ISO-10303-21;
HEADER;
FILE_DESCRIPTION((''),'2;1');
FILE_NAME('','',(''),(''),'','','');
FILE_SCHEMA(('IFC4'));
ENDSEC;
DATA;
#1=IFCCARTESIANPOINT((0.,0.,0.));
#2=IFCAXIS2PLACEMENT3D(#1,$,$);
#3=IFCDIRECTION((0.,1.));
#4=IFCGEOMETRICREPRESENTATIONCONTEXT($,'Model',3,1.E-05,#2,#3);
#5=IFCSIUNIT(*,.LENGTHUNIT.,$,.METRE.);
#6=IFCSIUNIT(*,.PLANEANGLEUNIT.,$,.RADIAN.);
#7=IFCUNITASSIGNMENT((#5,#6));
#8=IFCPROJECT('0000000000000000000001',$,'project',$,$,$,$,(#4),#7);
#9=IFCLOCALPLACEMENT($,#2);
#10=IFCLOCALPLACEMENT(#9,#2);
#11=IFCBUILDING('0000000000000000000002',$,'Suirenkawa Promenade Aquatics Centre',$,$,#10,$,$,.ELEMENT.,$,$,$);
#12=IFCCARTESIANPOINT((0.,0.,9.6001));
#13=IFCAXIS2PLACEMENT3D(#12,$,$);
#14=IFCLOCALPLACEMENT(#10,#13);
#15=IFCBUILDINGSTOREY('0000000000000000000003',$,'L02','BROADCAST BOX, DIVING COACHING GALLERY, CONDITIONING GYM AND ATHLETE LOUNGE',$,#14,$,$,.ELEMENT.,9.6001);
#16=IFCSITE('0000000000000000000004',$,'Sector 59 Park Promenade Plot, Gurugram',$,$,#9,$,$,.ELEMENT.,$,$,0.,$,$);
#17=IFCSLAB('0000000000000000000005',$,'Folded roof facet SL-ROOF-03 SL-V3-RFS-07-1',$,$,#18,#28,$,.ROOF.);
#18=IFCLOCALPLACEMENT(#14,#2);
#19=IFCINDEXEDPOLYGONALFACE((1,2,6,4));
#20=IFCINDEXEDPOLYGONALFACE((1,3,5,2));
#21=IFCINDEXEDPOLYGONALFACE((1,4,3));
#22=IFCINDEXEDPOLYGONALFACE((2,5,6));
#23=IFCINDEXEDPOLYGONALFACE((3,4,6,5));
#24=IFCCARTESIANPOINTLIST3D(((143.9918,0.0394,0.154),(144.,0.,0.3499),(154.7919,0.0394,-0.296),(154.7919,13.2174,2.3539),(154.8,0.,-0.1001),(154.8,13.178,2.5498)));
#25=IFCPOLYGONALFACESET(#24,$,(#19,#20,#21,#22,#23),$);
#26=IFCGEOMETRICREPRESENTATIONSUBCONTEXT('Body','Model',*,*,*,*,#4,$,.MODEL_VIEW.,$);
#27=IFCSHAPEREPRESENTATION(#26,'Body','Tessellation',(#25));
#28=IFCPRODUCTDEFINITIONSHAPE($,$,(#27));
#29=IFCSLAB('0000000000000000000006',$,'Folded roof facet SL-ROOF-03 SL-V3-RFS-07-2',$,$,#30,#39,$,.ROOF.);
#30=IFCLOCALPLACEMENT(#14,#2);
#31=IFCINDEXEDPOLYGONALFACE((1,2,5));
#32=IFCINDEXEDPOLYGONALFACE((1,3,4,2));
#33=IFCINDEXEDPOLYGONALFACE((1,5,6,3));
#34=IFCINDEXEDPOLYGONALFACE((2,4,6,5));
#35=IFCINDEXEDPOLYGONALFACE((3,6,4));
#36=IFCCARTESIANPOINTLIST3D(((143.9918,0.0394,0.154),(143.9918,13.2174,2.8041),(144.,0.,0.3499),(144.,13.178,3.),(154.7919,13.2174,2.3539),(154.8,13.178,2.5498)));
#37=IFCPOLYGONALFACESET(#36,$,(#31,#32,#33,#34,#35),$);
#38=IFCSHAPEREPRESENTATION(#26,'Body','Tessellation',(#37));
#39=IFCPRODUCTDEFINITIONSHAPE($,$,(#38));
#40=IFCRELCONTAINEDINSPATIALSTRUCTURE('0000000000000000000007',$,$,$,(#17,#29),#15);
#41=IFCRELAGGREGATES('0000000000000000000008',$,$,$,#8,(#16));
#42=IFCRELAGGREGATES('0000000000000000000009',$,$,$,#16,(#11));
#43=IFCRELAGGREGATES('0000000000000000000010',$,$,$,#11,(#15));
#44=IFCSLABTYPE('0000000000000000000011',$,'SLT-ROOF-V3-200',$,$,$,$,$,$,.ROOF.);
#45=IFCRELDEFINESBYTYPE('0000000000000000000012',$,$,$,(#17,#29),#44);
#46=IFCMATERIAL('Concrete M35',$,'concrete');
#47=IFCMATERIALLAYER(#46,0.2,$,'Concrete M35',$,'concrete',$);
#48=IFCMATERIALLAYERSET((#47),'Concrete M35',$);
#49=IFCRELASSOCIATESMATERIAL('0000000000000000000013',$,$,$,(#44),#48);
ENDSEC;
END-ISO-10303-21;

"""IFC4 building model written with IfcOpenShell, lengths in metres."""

from ifc_helpers import new_model, si_unit, direction, frame, origin, place, context, subcontext, project, spatial, polyline, outline, extrude, material, layer, layer_set, type_object, element, save


model = new_model("IFC4")

# Units and contexts
model_context = context("Model", 3, precision=1e-05, world=origin(), true_north=direction((0.0, 1.0)))
body_context = subcontext(model_context, "Body", "Model", "MODEL_VIEW")
ifc_project = project(units=[si_unit("LENGTHUNIT", "METRE"), si_unit("PLANEANGLEUNIT", "RADIAN")], contexts=[model_context])

# Site, building, storey
site_placement = place(None, origin())
site = spatial("IfcSite", under=ifc_project, at=site_placement, Name="Sector 59 Park Promenade Plot, Gurugram", CompositionType="ELEMENT", RefElevation=0.0)
building_placement = place(site_placement, origin())
building = spatial("IfcBuilding", under=site, at=building_placement, Name="Suirenkawa Promenade Aquatics Centre", CompositionType="ELEMENT")
storey_placement = place(building_placement, frame((0.0, 0.0, 9.6001)))
storey = spatial("IfcBuildingStorey", under=building, at=storey_placement, Name="L02", Description="BROADCAST BOX, DIVING COACHING GALLERY, CONDITIONING GYM AND ATHLETE LOUNGE", CompositionType="ELEMENT", Elevation=9.6001)

# Slabs
ifc_material_1 = material(Name="Concrete M35", Category="concrete")
ifc_layer_1 = layer(ifc_material_1, 0.2, Name="Concrete M35", Category="concrete")
ifc_layer_set_1 = layer_set([ifc_layer_1], Name="Concrete M35")
slab_type = type_object("IfcSlabType", Name="SLT-ROOF-V3-200", PredefinedType="ROOF", material=ifc_layer_set_1)
slab_1_placement = place(storey_placement, frame((144.0, 0.0, 0.3499), z_axis=(0.04081, -0.196975, 0.979559), x_axis=(0.999133, 0.0, -0.041626)))
element("IfcSlab", 1, at=slab_1_placement, inside=storey, type_object=slab_type, Name="Folded roof facet SL-ROOF-03 SL-V3-RFS-07-1", PredefinedType="ROOF", context=body_context, shape_type="SweptSolid", body=[
    extrude(outline(polyline([(0.0, 0.0), (10.8094, 0.0), (10.6991, 13.4413), (0.0, 0.0)])), origin(), (0.0, 0.0, -1.0), 0.2),
])
slab_2_placement = place(storey_placement, frame((144.0, 0.0, 0.3499), z_axis=(0.040832, -0.196992, 0.979554), x_axis=(0.628654, 0.76707, 0.128056)))
element("IfcSlab", 2, at=slab_2_placement, inside=storey, type_object=slab_type, Name="Folded roof facet SL-ROOF-03 SL-V3-RFS-07-2", PredefinedType="ROOF", context=body_context, shape_type="SweptSolid", body=[
    extrude(outline(polyline([(0.0, 0.0), (17.1796, 0.0), (10.4478, 8.4573), (0.0, 0.0)])), origin(), (0.0, 0.0, -1.0), 0.2),
])

save(model, "model.ifc")
